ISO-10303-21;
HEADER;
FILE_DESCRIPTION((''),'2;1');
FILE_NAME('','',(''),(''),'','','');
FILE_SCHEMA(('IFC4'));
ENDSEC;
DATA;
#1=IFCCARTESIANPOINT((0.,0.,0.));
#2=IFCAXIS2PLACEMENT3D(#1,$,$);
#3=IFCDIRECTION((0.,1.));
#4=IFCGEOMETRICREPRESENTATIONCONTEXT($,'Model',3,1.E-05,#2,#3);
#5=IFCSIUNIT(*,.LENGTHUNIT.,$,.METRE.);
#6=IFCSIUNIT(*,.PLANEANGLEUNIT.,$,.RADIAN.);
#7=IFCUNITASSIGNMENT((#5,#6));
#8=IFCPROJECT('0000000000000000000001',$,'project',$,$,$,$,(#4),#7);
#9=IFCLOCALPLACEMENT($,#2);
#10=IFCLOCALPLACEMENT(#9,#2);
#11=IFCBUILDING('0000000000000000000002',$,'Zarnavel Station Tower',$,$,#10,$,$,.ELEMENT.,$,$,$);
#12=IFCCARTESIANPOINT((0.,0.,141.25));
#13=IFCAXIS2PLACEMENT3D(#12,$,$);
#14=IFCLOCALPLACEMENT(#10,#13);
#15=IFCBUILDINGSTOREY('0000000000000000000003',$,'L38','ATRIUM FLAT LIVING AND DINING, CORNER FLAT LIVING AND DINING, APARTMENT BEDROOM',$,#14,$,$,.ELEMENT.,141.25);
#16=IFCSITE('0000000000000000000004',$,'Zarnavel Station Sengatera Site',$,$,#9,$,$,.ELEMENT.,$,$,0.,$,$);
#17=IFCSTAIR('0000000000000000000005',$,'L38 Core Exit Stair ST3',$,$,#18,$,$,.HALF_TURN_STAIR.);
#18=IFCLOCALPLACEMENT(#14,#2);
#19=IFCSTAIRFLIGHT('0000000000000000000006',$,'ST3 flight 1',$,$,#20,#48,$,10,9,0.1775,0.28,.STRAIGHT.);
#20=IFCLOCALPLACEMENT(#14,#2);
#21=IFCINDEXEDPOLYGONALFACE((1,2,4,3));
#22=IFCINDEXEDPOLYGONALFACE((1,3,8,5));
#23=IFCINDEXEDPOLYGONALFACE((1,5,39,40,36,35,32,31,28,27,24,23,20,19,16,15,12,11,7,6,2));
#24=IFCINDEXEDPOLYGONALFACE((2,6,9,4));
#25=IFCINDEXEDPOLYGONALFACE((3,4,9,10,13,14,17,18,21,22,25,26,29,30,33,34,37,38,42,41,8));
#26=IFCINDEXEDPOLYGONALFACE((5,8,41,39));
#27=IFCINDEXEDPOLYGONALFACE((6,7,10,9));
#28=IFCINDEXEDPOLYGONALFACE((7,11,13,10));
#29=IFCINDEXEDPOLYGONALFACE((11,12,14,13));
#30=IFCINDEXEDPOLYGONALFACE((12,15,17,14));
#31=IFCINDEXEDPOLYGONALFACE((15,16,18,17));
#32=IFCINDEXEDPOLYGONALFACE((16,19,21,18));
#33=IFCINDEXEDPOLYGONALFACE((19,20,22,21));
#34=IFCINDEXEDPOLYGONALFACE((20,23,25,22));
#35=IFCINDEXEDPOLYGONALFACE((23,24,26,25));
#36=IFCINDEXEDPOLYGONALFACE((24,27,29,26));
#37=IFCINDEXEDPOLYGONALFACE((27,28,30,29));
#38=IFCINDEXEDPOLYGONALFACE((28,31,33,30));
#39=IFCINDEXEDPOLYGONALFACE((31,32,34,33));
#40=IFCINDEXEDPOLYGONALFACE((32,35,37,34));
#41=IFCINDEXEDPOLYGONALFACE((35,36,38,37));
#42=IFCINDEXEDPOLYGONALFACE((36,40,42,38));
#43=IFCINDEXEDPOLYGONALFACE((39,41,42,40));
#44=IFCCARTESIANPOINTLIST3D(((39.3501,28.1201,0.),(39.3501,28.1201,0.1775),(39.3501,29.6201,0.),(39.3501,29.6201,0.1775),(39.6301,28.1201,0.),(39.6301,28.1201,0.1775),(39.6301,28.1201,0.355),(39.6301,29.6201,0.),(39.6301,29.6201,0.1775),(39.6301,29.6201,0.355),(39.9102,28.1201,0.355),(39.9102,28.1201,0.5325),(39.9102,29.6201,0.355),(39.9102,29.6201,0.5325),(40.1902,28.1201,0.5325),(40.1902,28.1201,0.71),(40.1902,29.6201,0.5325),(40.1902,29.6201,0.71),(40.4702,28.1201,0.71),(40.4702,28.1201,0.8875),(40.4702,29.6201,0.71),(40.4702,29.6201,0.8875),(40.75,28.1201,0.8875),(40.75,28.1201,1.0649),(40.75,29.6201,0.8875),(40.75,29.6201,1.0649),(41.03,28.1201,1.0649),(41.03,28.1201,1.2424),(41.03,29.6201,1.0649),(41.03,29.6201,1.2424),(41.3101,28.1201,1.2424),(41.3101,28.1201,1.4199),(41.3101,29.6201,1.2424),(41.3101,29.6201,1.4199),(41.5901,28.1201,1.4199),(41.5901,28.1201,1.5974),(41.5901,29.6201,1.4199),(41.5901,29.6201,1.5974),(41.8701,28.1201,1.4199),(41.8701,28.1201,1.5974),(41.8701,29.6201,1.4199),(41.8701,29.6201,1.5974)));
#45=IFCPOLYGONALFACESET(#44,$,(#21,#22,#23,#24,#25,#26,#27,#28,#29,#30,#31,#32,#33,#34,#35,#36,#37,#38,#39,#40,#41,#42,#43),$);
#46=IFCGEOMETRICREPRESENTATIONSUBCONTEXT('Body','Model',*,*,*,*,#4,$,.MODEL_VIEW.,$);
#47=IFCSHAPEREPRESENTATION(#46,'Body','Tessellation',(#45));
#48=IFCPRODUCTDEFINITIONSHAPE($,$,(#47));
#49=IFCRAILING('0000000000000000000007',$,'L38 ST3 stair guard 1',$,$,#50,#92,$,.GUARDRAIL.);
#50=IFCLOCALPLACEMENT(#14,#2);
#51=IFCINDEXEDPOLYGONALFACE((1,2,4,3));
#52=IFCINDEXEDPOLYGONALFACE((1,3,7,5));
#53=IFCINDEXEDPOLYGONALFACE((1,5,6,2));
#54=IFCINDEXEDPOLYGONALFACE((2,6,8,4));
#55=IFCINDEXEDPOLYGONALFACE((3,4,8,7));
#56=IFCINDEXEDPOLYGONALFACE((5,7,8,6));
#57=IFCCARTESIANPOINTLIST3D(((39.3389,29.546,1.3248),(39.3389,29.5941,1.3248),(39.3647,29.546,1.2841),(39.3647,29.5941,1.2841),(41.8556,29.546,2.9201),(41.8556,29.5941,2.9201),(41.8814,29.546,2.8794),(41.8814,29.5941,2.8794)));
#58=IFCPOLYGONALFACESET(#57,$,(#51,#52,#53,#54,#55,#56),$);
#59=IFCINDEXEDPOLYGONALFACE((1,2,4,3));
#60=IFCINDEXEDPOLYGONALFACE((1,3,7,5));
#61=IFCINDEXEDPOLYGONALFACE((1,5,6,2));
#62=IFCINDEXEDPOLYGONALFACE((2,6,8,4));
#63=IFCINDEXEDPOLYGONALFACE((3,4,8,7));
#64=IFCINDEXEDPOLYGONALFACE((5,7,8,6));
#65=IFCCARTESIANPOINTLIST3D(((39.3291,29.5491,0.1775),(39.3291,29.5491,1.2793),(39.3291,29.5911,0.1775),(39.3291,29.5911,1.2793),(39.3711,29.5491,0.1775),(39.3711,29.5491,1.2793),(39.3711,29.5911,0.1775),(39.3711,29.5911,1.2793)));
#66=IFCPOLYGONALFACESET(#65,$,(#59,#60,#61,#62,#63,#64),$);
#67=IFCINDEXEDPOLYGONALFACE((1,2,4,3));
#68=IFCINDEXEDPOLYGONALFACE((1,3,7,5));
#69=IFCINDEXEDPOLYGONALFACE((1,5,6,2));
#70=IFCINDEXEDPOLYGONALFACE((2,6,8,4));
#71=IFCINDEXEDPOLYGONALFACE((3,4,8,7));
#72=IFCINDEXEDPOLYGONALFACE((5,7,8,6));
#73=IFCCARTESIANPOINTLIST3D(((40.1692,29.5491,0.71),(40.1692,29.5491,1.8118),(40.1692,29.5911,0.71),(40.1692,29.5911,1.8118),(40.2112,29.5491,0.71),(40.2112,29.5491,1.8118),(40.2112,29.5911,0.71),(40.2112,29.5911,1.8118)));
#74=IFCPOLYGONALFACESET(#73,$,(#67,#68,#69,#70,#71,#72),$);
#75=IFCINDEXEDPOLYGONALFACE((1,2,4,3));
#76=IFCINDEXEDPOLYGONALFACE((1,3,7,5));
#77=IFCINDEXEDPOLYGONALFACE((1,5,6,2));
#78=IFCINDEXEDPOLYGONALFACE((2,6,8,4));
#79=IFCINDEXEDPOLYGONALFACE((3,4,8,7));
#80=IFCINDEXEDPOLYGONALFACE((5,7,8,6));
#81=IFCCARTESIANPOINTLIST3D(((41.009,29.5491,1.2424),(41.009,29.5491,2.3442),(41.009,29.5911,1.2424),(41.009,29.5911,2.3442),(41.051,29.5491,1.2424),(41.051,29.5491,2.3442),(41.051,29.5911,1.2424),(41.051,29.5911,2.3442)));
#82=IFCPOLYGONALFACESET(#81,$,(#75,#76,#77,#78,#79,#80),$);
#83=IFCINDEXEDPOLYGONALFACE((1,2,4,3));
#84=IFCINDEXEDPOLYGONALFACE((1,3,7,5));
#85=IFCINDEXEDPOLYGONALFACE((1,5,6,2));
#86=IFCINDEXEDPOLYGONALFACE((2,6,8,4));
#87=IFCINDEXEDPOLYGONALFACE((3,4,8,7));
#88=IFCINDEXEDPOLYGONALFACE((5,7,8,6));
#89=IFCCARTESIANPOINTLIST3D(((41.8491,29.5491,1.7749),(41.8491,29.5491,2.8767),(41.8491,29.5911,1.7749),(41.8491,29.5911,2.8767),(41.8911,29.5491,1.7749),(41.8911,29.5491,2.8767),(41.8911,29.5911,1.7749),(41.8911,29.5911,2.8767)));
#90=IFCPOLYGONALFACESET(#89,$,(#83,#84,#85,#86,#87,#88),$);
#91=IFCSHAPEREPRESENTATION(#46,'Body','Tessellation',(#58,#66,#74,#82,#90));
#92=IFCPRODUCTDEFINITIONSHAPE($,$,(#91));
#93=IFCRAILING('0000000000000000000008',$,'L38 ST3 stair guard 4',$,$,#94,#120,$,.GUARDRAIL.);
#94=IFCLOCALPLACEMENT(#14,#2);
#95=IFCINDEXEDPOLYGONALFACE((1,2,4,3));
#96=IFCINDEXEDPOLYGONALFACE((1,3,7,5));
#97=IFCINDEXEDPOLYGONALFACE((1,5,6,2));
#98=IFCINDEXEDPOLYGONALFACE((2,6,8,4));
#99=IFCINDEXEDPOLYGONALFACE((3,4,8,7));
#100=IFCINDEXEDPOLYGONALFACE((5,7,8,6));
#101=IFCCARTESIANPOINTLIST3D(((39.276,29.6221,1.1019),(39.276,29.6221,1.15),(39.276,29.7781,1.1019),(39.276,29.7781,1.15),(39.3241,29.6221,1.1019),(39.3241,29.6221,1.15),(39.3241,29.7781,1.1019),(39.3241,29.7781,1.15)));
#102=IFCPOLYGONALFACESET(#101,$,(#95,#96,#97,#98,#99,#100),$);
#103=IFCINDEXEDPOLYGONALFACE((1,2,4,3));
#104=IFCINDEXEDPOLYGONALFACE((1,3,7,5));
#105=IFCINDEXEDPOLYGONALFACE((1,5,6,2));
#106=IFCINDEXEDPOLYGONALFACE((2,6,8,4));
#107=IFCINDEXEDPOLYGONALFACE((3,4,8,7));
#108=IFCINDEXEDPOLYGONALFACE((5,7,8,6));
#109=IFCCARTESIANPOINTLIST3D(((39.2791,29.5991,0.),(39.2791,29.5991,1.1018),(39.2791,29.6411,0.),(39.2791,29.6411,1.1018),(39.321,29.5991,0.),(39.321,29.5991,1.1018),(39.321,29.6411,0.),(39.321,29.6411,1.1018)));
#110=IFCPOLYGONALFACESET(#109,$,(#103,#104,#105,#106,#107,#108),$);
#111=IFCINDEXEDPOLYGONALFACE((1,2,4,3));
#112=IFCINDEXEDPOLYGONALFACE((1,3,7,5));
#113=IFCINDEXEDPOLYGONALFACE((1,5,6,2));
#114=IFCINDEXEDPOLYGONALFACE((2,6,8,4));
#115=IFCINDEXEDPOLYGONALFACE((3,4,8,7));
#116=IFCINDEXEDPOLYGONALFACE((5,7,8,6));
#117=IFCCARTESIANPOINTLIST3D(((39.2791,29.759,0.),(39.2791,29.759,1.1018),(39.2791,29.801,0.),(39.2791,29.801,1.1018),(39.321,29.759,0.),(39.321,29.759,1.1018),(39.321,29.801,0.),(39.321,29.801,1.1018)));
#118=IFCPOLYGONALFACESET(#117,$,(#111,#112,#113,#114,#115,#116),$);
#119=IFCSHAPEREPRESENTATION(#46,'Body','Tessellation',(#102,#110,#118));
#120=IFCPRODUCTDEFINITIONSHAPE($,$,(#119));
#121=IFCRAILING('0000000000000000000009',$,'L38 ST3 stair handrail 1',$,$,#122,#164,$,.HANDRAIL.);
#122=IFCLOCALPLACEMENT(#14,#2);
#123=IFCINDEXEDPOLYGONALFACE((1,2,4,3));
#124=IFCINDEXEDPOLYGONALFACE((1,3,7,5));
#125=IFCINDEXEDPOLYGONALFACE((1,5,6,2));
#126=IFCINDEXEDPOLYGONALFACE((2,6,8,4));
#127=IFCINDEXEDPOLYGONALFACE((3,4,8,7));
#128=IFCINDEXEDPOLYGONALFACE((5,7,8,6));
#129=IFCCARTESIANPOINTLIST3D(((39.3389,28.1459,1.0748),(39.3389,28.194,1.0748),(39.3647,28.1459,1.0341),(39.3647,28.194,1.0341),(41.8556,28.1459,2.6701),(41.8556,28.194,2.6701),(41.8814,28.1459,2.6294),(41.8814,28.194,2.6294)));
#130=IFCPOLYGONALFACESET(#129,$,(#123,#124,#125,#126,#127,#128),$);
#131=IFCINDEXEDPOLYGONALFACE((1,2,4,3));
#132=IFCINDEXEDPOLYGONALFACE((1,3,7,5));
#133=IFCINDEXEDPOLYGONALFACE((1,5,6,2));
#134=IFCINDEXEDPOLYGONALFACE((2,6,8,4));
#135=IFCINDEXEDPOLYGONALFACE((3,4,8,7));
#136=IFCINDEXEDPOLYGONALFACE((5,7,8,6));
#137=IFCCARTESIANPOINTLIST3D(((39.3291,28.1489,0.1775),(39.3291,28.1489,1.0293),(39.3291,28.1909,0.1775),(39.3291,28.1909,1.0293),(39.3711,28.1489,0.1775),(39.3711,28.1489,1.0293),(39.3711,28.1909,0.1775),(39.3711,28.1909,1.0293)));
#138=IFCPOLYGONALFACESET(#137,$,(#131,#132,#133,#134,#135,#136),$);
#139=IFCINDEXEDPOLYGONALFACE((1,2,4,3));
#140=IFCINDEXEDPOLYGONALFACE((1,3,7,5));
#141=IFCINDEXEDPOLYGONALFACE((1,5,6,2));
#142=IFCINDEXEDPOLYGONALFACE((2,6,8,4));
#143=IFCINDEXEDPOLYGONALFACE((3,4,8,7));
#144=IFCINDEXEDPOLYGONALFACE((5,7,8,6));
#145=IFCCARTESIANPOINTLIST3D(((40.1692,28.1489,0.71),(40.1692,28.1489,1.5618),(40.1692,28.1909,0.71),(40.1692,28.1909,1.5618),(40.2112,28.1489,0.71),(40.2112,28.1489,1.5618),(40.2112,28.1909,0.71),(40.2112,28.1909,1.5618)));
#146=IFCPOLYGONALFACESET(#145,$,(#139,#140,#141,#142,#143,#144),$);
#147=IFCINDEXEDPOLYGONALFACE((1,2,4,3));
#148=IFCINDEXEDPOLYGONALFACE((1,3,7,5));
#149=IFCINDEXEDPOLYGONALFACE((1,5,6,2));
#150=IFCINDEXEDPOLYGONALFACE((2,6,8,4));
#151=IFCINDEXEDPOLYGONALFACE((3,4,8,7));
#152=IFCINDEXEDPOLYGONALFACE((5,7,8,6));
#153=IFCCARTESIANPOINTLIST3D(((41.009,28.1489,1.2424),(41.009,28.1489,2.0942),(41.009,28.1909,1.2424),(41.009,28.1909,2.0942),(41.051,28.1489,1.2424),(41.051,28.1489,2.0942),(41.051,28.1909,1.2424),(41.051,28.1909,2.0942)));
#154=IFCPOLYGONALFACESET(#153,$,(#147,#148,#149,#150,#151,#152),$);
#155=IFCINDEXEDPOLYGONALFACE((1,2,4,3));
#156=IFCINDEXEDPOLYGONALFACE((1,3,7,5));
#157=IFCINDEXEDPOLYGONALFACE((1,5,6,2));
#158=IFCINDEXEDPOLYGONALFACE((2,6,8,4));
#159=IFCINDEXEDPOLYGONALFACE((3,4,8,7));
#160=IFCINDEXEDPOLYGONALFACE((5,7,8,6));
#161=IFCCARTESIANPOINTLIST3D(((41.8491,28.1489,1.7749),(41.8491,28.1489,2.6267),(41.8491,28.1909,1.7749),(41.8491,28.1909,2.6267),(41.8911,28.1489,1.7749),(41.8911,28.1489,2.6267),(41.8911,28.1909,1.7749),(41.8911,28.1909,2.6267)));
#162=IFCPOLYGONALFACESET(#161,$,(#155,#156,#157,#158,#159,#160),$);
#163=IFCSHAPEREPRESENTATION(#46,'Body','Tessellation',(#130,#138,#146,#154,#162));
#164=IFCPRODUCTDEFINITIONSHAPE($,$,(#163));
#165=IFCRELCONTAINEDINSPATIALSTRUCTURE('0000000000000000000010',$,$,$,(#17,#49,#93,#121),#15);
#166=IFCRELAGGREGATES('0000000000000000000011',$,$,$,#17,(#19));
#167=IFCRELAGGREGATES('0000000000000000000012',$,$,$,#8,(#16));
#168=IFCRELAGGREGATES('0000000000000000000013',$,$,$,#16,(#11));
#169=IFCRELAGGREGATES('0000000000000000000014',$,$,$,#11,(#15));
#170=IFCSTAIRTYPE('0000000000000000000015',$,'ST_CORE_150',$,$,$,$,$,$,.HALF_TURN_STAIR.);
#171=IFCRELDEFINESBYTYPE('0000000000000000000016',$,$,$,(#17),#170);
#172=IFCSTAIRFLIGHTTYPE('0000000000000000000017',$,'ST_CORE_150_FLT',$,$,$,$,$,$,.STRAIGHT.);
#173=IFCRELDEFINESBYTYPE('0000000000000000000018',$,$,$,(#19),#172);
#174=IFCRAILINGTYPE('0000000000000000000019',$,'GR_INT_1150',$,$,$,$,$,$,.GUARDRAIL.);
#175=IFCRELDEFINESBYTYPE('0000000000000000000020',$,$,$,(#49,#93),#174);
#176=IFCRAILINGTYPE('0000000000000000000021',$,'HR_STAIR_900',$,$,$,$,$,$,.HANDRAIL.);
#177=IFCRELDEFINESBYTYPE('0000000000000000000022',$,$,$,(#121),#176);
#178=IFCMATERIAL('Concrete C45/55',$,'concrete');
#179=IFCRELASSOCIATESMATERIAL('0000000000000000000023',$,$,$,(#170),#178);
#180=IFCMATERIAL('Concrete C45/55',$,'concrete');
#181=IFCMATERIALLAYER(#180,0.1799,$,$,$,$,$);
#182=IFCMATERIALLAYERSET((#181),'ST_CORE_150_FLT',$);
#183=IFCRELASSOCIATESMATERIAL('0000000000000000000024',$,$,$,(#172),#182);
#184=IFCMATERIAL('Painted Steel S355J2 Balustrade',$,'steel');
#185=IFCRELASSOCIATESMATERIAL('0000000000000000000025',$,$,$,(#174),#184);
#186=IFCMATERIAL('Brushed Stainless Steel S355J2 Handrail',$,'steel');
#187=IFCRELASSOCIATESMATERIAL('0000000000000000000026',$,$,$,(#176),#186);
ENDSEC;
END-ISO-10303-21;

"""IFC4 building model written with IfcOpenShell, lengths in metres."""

from ifc_helpers import new_model, si_unit, direction, frame, origin, origin_2d, place, context, subcontext, project, spatial, polyline, rectangle, outline, extrude, material, layer, layer_set, type_object, element, aggregate, save


model = new_model("IFC4")

# Units and contexts
model_context = context("Model", 3, precision=1e-05, world=origin(), true_north=direction((0.0, 1.0)))
body_context = subcontext(model_context, "Body", "Model", "MODEL_VIEW")
ifc_project = project(units=[si_unit("LENGTHUNIT", "METRE"), si_unit("PLANEANGLEUNIT", "RADIAN")], contexts=[model_context])

# Site, building, storey
site_placement = place(None, origin())
site = spatial("IfcSite", under=ifc_project, at=site_placement, Name="Zarnavel Station Sengatera Site", CompositionType="ELEMENT", RefElevation=0.0)
building_placement = place(site_placement, origin())
building = spatial("IfcBuilding", under=site, at=building_placement, Name="Zarnavel Station Tower", CompositionType="ELEMENT")
storey_placement = place(building_placement, frame((0.0, 0.0, 141.25)))
storey = spatial("IfcBuildingStorey", under=building, at=storey_placement, Name="L38", Description="ATRIUM FLAT LIVING AND DINING, CORNER FLAT LIVING AND DINING, APARTMENT BEDROOM", CompositionType="ELEMENT", Elevation=141.25)

# Stair, stair flight
ifc_material_1 = material(Name="Concrete C45/55", Category="concrete")
stair_type = type_object("IfcStairType", Name="ST_CORE_150", PredefinedType="HALF_TURN_STAIR", material=ifc_material_1)
stair_placement = place(storey_placement, origin())
stair = element("IfcStair", 1, at=stair_placement, inside=storey, type_object=stair_type, Name="L38 Core Exit Stair ST3", PredefinedType="HALF_TURN_STAIR")
ifc_material_2 = material(Name="Concrete C45/55", Category="concrete")
ifc_layer_1 = layer(ifc_material_2, 0.1799)
ifc_layer_set_1 = layer_set([ifc_layer_1], Name="ST_CORE_150_FLT")
stair_flight_type = type_object("IfcStairFlightType", Name="ST_CORE_150_FLT", PredefinedType="STRAIGHT", material=ifc_layer_set_1)
stair_flight_placement = place(storey_placement, frame((39.3501, 28.8701, 0.0), z_axis=(0.0, 0.0, 1.0), x_axis=(1.0, 0.0, 0.0)))
stair_flight = element("IfcStairFlight", 2, at=stair_flight_placement, type_object=stair_flight_type, Name="ST3 flight 1", NumberOfRisers=10, NumberOfTreads=9, PredefinedType="STRAIGHT", RiserHeight=0.1775, TreadLength=0.28, context=body_context, shape_type="SweptSolid", body=[
    extrude(outline(polyline([(0.0, 0.0), (0.0, 0.1775), (0.28, 0.1775), (0.28, 0.355), (0.5601, 0.355), (0.5601, 0.5325), (0.8401, 0.5325), (0.8401, 0.71), (1.1201, 0.71), (1.1201, 0.8875), (1.3999, 0.8875), (1.3999, 1.0649), (1.6799, 1.0649), (1.6799, 1.2424), (1.96, 1.2424), (1.96, 1.4199), (2.24, 1.4199), (2.24, 1.5974), (2.52, 1.5974), (2.52, 1.7749), (2.52, 1.4199), (0.28, 0.0), (0.0, 0.0)])), frame((0.0, 0.75, 0.0), z_axis=(0.0, -1.0, 0.0), x_axis=(1.0, 0.0, 0.0)), (0.0, 0.0, 1.0), 1.5),
])
aggregate(stair, [stair_flight])

# Railings
ifc_material_3 = material(Name="Painted Steel S355J2 Balustrade", Category="steel")
railing_type_1 = type_object("IfcRailingType", Name="GR_INT_1150", PredefinedType="GUARDRAIL", material=ifc_material_3)
railing_1_placement = place(storey_placement, frame((39.3501, 29.5701, 0.1775)))
element("IfcRailing", 3, at=railing_1_placement, inside=storey, type_object=railing_type_1, Name="L38 ST3 stair guard 1", PredefinedType="GUARDRAIL", context=body_context, shape_type="SweptSolid", body=[
    extrude(rectangle(XDim=0.0481, YDim=0.0481, at=origin_2d()), frame((0.0017, 0.0, 1.127), z_axis=(0.844607, 0.0, 0.535387), x_axis=(0.0, 1.0, 0.0)), (0.0, 0.0, 1.0), 2.9797),
    extrude(rectangle(XDim=0.042, YDim=0.042, at=origin_2d()), origin(), (0.0, 0.0, 1.0), 1.1018),
    extrude(rectangle(XDim=0.042, YDim=0.042, at=origin_2d()), frame((0.8401, 0.0, 0.5325)), (0.0, 0.0, 1.0), 1.1018),
    extrude(rectangle(XDim=0.042, YDim=0.042, at=origin_2d()), frame((1.6799, 0.0, 1.0649)), (0.0, 0.0, 1.0), 1.1018),
    extrude(rectangle(XDim=0.042, YDim=0.042, at=origin_2d()), frame((2.52, 0.0, 1.5974)), (0.0, 0.0, 1.0), 1.1018),
])
railing_2_placement = place(storey_placement, frame((39.3, 29.6201, 0.0)))
element("IfcRailing", 4, at=railing_2_placement, inside=storey, type_object=railing_type_1, Name="L38 ST3 stair guard 4", PredefinedType="GUARDRAIL", context=body_context, shape_type="SweptSolid", body=[
    extrude(rectangle(XDim=0.0481, YDim=0.0481, at=origin_2d()), frame((0.0, 0.002, 1.126), z_axis=(0.0, 1.0, 0.0), x_axis=(-1.0, 0.0, 0.0)), (0.0, 0.0, 1.0), 0.156),
    extrude(rectangle(XDim=0.042, YDim=0.042, at=origin_2d()), origin(), (0.0, 0.0, 1.0), 1.1018),
    extrude(rectangle(XDim=0.042, YDim=0.042, at=origin_2d()), frame((0.0, 0.1599, 0.0)), (0.0, 0.0, 1.0), 1.1018),
])
ifc_material_4 = material(Name="Brushed Stainless Steel S355J2 Handrail", Category="steel")
railing_type_2 = type_object("IfcRailingType", Name="HR_STAIR_900", PredefinedType="HANDRAIL", material=ifc_material_4)
railing_3_placement = place(storey_placement, frame((39.3501, 28.1699, 0.1775)))
element("IfcRailing", 5, at=railing_3_placement, inside=storey, type_object=railing_type_2, Name="L38 ST3 stair handrail 1", PredefinedType="HANDRAIL", context=body_context, shape_type="SweptSolid", body=[
    extrude(rectangle(XDim=0.0481, YDim=0.0481, at=origin_2d()), frame((0.0017, 0.0, 0.877), z_axis=(0.844607, 0.0, 0.535387), x_axis=(0.0, 1.0, 0.0)), (0.0, 0.0, 1.0), 2.9797),
    extrude(rectangle(XDim=0.042, YDim=0.042, at=origin_2d()), origin(), (0.0, 0.0, 1.0), 0.8518),
    extrude(rectangle(XDim=0.042, YDim=0.042, at=origin_2d()), frame((0.8401, 0.0, 0.5325)), (0.0, 0.0, 1.0), 0.8518),
    extrude(rectangle(XDim=0.042, YDim=0.042, at=origin_2d()), frame((1.6799, 0.0, 1.0649)), (0.0, 0.0, 1.0), 0.8518),
    extrude(rectangle(XDim=0.042, YDim=0.042, at=origin_2d()), frame((2.52, 0.0, 1.5974)), (0.0, 0.0, 1.0), 0.8518),
])

save(model, "model.ifc")
